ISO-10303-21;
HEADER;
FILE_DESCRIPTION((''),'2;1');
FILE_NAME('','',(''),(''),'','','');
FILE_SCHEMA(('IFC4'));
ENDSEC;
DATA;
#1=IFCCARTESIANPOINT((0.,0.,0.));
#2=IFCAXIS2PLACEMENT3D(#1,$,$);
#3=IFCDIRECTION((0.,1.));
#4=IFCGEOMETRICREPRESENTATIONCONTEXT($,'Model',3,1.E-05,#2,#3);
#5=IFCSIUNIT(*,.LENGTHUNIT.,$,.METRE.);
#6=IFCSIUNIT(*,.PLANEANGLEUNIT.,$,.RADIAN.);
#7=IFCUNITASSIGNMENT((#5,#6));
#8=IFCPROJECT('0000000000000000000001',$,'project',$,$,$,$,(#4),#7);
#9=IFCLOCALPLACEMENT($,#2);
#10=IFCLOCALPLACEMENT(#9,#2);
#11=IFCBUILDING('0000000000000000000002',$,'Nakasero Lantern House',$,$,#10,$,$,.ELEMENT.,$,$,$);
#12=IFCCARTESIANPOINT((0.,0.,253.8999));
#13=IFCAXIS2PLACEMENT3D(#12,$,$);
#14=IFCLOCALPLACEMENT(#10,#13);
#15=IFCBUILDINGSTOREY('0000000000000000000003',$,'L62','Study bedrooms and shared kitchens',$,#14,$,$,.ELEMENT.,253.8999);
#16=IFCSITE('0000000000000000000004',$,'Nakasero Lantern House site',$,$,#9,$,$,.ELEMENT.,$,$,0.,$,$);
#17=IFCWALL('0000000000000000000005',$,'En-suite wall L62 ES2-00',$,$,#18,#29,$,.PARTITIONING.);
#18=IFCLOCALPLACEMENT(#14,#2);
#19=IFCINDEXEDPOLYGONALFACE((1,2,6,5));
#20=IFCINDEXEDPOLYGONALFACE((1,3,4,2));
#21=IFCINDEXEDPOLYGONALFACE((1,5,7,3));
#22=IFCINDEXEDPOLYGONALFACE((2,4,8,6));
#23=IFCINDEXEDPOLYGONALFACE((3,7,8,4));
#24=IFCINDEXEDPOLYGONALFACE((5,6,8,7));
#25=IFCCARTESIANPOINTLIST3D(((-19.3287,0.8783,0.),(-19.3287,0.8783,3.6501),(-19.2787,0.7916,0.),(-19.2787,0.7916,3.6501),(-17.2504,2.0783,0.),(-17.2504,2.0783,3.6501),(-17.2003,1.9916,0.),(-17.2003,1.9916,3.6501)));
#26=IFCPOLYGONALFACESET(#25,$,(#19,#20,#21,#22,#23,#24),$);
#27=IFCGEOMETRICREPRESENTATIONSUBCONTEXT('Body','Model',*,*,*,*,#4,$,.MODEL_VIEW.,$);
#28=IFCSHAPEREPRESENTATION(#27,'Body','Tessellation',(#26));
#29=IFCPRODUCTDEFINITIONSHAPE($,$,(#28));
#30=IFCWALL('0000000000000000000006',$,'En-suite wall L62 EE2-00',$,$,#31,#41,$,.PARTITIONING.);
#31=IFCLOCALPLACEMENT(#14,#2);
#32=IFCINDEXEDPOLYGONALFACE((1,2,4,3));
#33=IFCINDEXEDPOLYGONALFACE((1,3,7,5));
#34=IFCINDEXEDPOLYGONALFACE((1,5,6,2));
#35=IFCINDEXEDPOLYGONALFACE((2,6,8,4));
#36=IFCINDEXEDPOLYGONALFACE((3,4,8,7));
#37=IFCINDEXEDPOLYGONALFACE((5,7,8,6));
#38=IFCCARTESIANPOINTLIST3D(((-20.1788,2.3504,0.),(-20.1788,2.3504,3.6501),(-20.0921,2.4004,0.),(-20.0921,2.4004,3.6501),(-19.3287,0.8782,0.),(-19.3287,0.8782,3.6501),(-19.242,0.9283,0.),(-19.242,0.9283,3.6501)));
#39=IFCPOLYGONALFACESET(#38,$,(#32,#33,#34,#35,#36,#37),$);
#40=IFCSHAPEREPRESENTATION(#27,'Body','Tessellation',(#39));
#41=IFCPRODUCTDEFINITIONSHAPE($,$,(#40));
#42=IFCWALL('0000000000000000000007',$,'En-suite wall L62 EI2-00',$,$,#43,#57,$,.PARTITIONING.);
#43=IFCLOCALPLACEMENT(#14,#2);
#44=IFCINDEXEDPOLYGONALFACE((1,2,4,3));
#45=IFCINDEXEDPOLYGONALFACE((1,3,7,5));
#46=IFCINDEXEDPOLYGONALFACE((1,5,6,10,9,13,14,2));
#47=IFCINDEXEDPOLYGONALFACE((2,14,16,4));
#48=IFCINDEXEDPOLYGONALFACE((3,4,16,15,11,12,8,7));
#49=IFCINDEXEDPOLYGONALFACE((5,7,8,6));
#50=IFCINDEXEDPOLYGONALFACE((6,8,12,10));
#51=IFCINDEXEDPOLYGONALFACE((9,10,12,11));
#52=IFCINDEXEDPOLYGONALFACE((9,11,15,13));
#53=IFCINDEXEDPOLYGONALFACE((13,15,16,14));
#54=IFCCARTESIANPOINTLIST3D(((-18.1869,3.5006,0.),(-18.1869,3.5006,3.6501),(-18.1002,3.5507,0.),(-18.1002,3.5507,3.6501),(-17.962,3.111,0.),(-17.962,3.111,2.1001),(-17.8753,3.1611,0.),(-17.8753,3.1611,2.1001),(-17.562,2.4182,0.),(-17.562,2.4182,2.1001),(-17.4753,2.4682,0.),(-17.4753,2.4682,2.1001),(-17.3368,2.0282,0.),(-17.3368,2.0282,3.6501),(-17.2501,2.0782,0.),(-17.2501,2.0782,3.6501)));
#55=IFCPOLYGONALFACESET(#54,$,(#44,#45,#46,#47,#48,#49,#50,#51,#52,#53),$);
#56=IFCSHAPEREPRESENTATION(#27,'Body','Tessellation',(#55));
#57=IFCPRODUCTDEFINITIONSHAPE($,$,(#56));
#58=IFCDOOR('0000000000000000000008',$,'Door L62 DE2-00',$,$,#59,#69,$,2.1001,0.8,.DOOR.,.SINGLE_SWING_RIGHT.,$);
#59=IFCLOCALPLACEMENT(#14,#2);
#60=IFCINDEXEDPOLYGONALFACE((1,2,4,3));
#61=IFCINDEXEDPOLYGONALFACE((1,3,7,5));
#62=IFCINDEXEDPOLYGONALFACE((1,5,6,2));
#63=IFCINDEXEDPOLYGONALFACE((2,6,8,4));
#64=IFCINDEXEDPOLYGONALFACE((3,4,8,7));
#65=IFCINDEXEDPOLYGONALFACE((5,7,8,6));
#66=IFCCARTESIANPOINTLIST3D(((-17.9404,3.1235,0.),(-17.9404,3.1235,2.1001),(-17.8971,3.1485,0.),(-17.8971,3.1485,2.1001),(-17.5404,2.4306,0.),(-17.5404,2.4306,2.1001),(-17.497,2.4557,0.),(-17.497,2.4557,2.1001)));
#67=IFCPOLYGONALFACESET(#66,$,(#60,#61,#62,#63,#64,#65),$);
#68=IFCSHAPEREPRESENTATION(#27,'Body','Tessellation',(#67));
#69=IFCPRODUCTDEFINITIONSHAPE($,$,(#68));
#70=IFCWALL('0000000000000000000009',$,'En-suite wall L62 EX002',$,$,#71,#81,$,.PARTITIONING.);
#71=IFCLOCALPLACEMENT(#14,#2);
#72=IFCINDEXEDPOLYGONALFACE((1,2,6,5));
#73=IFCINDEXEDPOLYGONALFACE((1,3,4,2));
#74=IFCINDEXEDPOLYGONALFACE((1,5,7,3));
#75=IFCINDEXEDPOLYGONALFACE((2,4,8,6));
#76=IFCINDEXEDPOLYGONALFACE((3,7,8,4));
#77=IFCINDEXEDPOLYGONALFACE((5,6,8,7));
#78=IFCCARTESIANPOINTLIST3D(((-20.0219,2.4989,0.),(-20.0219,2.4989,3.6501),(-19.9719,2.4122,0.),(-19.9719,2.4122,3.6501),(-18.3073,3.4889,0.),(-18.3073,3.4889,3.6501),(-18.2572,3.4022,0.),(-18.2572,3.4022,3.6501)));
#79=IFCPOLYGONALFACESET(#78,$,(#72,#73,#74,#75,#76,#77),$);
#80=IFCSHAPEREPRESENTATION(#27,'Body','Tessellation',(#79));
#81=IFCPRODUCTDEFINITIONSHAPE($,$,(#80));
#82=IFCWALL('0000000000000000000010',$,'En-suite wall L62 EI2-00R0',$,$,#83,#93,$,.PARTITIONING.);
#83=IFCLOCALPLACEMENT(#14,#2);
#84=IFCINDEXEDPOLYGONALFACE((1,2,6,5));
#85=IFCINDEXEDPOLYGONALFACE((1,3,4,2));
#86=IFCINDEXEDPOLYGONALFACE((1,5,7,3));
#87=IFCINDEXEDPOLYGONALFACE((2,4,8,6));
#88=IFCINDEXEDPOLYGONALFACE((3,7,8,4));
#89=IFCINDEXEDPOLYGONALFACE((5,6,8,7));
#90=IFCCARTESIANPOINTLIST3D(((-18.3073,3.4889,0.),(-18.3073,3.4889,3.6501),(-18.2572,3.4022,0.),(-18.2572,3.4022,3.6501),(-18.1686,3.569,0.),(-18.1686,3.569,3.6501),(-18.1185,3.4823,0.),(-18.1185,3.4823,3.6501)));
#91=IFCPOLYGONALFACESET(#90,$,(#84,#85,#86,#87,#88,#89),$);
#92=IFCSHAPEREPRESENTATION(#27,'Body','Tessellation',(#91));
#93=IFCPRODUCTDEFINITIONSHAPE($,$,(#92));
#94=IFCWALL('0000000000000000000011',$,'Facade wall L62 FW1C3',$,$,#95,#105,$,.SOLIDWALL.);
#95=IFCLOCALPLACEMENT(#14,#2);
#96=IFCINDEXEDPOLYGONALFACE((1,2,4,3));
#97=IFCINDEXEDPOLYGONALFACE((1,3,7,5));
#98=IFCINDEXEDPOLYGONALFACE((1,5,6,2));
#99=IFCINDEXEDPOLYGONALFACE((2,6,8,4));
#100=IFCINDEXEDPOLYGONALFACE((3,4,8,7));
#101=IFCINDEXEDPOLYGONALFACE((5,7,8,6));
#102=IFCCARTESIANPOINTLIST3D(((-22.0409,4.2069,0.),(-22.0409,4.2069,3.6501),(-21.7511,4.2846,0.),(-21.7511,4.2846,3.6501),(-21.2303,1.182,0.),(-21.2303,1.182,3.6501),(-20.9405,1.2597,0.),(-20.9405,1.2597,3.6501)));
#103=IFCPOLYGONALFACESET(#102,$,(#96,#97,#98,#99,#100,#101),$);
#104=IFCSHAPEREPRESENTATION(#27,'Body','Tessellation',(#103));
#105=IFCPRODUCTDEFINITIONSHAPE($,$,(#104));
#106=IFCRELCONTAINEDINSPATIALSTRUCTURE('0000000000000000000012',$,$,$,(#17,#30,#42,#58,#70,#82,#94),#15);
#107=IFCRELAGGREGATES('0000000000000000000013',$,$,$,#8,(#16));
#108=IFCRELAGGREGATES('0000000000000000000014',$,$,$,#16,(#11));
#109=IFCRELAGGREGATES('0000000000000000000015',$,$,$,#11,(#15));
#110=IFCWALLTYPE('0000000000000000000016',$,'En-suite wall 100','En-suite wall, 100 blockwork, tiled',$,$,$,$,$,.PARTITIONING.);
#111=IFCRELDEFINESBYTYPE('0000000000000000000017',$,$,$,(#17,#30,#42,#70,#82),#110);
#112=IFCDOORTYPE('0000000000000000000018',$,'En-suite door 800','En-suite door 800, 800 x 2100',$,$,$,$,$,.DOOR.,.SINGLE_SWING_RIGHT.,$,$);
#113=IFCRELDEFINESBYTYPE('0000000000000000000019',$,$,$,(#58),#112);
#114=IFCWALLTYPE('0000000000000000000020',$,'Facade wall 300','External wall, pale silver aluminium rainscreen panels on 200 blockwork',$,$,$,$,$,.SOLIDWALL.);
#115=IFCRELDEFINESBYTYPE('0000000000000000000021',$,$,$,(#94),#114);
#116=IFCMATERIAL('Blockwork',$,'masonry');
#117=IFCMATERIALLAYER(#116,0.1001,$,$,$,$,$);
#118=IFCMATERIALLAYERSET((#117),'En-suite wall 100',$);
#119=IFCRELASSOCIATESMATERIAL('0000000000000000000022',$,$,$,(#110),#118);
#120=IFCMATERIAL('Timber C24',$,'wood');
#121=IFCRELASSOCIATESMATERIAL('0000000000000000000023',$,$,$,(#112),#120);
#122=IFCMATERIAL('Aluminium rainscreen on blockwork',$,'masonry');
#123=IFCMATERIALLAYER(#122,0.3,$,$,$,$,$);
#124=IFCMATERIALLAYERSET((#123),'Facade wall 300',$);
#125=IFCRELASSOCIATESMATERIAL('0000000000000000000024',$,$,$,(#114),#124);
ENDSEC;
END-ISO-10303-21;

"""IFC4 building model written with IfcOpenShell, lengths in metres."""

from ifc_helpers import new_model, si_unit, direction, frame, frame_2d, origin, place, context, subcontext, project, spatial, rectangle, extrude, material, layer, layer_set, type_object, element, fill, save


model = new_model("IFC4")

# Units and contexts
model_context = context("Model", 3, precision=1e-05, world=origin(), true_north=direction((0.0, 1.0)))
body_context = subcontext(model_context, "Body", "Model", "MODEL_VIEW")
ifc_project = project(units=[si_unit("LENGTHUNIT", "METRE"), si_unit("PLANEANGLEUNIT", "RADIAN")], contexts=[model_context])

# Site, building, storey
site_placement = place(None, origin())
site = spatial("IfcSite", under=ifc_project, at=site_placement, Name="Nakasero Lantern House site", CompositionType="ELEMENT", RefElevation=0.0)
building_placement = place(site_placement, origin())
building = spatial("IfcBuilding", under=site, at=building_placement, Name="Nakasero Lantern House", CompositionType="ELEMENT")
storey_placement = place(building_placement, frame((0.0, 0.0, 253.8999)))
storey = spatial("IfcBuildingStorey", under=building, at=storey_placement, Name="L62", Description="Study bedrooms and shared kitchens", CompositionType="ELEMENT", Elevation=253.8999)

# Shared definitions
ifc_material_1 = material(Name="Blockwork", Category="masonry")
ifc_layer_1 = layer(ifc_material_1, 0.1001)
ifc_layer_set_1 = layer_set([ifc_layer_1], Name="En-suite wall 100")
wall_type_1 = type_object("IfcWallType", Name="En-suite wall 100", Description="En-suite wall, 100 blockwork, tiled", PredefinedType="PARTITIONING", material=ifc_layer_set_1)
ifc_material_2 = material(Name="Timber C24", Category="wood")
door_type_1 = type_object("IfcDoorType", Name="En-suite door 800", Description="En-suite door 800, 800 x 2100", OperationType="SINGLE_SWING_RIGHT", PredefinedType="DOOR", material=ifc_material_2)

# Walls
wall_1_placement = place(storey_placement, frame((-17.2253, 2.0349, 0.0), z_axis=(0.0, 0.0, 1.0), x_axis=(-0.866025, -0.500001, 0.0)))
element("IfcWall", 1, at=wall_1_placement, inside=storey, type_object=wall_type_1, Name="En-suite wall L62 ES2-00", PredefinedType="PARTITIONING", context=body_context, shape_type="SweptSolid", body=[
    extrude(rectangle(XDim=2.3999, YDim=0.1001, at=frame_2d((1.2, 0.0))), origin(), (0.0, 0.0, 1.0), 3.6501),
])
wall_2_placement = place(storey_placement, frame((-20.1355, 2.3755, 0.0), z_axis=(0.0, 0.0, 1.0), x_axis=(0.500062, -0.865989, 0.0)))
element("IfcWall", 2, at=wall_2_placement, inside=storey, type_object=wall_type_1, Name="En-suite wall L62 EE2-00", PredefinedType="PARTITIONING", context=body_context, shape_type="SweptSolid", body=[
    extrude(rectangle(XDim=1.7, YDim=0.1001, at=frame_2d((0.8501, 0.0))), origin(), (0.0, 0.0, 1.0), 3.6501),
])

# Wall, opening, door
wall_3_placement = place(storey_placement, frame((-18.1436, 3.5256, 0.0), z_axis=(0.0, 0.0, 1.0), x_axis=(0.5, -0.866025, 0.0)))
wall_3 = element("IfcWall", 3, at=wall_3_placement, inside=storey, type_object=wall_type_1, Name="En-suite wall L62 EI2-00", PredefinedType="PARTITIONING", context=body_context, shape_type="SweptSolid", body=[
    extrude(rectangle(XDim=1.7002, YDim=0.1001, at=frame_2d((0.8501, 0.0))), origin(), (0.0, 0.0, 1.0), 3.6501),
])
opening_1_placement = place(wall_3_placement, frame((0.45, 0.0, 0.0)))
opening_1 = element("IfcOpeningElement", 4, at=opening_1_placement, cuts=wall_3, PredefinedType="OPENING", context=body_context, shape_type="SweptSolid", body=[
    extrude(rectangle(XDim=0.8, YDim=2.1001, at=frame_2d((0.3999, 1.05))), frame((0.0, 0.0701, 0.0), z_axis=(0.0, -1.0, 0.0), x_axis=(1.0, 0.0, 0.0)), (0.0, 0.0, 1.0), 0.1401),
])
door_1_placement = place(opening_1_placement, origin())
door_1 = element("IfcDoor", 5, at=door_1_placement, inside=storey, type_object=door_type_1, Name="Door L62 DE2-00", OperationType="SINGLE_SWING_RIGHT", OverallHeight=2.1001, OverallWidth=0.8, PredefinedType="DOOR", context=body_context, shape_type="SweptSolid", body=[
    extrude(rectangle(XDim=0.8, YDim=2.1001, at=frame_2d((0.3999, 1.05))), frame((0.0, 0.0249, 0.0), z_axis=(0.0, -1.0, 0.0), x_axis=(1.0, 0.0, 0.0)), (0.0, 0.0, 1.0), 0.05),
])
fill(opening_1, door_1)

# Walls
wall_4_placement = place(storey_placement, frame((-18.2822, 3.4456, 0.0), z_axis=(0.0, 0.0, 1.0), x_axis=(-0.866011, -0.500025, 0.0)))
element("IfcWall", 6, at=wall_4_placement, inside=storey, type_object=wall_type_1, Name="En-suite wall L62 EX002", PredefinedType="PARTITIONING", context=body_context, shape_type="SweptSolid", body=[
    extrude(rectangle(XDim=1.98, YDim=0.1001, at=frame_2d((0.99, 0.0))), origin(), (0.0, 0.0, 1.0), 3.6501),
])
wall_5_placement = place(storey_placement, frame((-18.1436, 3.5256, 0.0), z_axis=(0.0, 0.0, 1.0), x_axis=(-0.865982, -0.500074, 0.0)))
element("IfcWall", 7, at=wall_5_placement, inside=storey, type_object=wall_type_1, Name="En-suite wall L62 EI2-00R0", PredefinedType="PARTITIONING", context=body_context, shape_type="SweptSolid", body=[
    extrude(rectangle(XDim=0.1602, YDim=0.1001, at=frame_2d((0.0801, 0.0))), origin(), (0.0, 0.0, 1.0), 3.6501),
])
ifc_material_3 = material(Name="Aluminium rainscreen on blockwork", Category="masonry")
ifc_layer_2 = layer(ifc_material_3, 0.3)
ifc_layer_set_2 = layer_set([ifc_layer_2], Name="Facade wall 300")
wall_type_2 = type_object("IfcWallType", Name="Facade wall 300", Description="External wall, pale silver aluminium rainscreen panels on 200 blockwork", PredefinedType="SOLIDWALL", material=ifc_layer_set_2)
wall_6_placement = place(storey_placement, frame((-21.896, 4.2458, 0.0), z_axis=(0.0, 0.0, 1.0), x_axis=(0.258827, -0.965924, 0.0)))
element("IfcWall", 8, at=wall_6_placement, inside=storey, type_object=wall_type_2, Name="Facade wall L62 FW1C3", PredefinedType="SOLIDWALL", context=body_context, shape_type="SweptSolid", body=[
    extrude(rectangle(XDim=3.1316, YDim=0.3, at=frame_2d((1.5659, 0.0))), origin(), (0.0, 0.0, 1.0), 3.6501),
])

save(model, "model.ifc")
